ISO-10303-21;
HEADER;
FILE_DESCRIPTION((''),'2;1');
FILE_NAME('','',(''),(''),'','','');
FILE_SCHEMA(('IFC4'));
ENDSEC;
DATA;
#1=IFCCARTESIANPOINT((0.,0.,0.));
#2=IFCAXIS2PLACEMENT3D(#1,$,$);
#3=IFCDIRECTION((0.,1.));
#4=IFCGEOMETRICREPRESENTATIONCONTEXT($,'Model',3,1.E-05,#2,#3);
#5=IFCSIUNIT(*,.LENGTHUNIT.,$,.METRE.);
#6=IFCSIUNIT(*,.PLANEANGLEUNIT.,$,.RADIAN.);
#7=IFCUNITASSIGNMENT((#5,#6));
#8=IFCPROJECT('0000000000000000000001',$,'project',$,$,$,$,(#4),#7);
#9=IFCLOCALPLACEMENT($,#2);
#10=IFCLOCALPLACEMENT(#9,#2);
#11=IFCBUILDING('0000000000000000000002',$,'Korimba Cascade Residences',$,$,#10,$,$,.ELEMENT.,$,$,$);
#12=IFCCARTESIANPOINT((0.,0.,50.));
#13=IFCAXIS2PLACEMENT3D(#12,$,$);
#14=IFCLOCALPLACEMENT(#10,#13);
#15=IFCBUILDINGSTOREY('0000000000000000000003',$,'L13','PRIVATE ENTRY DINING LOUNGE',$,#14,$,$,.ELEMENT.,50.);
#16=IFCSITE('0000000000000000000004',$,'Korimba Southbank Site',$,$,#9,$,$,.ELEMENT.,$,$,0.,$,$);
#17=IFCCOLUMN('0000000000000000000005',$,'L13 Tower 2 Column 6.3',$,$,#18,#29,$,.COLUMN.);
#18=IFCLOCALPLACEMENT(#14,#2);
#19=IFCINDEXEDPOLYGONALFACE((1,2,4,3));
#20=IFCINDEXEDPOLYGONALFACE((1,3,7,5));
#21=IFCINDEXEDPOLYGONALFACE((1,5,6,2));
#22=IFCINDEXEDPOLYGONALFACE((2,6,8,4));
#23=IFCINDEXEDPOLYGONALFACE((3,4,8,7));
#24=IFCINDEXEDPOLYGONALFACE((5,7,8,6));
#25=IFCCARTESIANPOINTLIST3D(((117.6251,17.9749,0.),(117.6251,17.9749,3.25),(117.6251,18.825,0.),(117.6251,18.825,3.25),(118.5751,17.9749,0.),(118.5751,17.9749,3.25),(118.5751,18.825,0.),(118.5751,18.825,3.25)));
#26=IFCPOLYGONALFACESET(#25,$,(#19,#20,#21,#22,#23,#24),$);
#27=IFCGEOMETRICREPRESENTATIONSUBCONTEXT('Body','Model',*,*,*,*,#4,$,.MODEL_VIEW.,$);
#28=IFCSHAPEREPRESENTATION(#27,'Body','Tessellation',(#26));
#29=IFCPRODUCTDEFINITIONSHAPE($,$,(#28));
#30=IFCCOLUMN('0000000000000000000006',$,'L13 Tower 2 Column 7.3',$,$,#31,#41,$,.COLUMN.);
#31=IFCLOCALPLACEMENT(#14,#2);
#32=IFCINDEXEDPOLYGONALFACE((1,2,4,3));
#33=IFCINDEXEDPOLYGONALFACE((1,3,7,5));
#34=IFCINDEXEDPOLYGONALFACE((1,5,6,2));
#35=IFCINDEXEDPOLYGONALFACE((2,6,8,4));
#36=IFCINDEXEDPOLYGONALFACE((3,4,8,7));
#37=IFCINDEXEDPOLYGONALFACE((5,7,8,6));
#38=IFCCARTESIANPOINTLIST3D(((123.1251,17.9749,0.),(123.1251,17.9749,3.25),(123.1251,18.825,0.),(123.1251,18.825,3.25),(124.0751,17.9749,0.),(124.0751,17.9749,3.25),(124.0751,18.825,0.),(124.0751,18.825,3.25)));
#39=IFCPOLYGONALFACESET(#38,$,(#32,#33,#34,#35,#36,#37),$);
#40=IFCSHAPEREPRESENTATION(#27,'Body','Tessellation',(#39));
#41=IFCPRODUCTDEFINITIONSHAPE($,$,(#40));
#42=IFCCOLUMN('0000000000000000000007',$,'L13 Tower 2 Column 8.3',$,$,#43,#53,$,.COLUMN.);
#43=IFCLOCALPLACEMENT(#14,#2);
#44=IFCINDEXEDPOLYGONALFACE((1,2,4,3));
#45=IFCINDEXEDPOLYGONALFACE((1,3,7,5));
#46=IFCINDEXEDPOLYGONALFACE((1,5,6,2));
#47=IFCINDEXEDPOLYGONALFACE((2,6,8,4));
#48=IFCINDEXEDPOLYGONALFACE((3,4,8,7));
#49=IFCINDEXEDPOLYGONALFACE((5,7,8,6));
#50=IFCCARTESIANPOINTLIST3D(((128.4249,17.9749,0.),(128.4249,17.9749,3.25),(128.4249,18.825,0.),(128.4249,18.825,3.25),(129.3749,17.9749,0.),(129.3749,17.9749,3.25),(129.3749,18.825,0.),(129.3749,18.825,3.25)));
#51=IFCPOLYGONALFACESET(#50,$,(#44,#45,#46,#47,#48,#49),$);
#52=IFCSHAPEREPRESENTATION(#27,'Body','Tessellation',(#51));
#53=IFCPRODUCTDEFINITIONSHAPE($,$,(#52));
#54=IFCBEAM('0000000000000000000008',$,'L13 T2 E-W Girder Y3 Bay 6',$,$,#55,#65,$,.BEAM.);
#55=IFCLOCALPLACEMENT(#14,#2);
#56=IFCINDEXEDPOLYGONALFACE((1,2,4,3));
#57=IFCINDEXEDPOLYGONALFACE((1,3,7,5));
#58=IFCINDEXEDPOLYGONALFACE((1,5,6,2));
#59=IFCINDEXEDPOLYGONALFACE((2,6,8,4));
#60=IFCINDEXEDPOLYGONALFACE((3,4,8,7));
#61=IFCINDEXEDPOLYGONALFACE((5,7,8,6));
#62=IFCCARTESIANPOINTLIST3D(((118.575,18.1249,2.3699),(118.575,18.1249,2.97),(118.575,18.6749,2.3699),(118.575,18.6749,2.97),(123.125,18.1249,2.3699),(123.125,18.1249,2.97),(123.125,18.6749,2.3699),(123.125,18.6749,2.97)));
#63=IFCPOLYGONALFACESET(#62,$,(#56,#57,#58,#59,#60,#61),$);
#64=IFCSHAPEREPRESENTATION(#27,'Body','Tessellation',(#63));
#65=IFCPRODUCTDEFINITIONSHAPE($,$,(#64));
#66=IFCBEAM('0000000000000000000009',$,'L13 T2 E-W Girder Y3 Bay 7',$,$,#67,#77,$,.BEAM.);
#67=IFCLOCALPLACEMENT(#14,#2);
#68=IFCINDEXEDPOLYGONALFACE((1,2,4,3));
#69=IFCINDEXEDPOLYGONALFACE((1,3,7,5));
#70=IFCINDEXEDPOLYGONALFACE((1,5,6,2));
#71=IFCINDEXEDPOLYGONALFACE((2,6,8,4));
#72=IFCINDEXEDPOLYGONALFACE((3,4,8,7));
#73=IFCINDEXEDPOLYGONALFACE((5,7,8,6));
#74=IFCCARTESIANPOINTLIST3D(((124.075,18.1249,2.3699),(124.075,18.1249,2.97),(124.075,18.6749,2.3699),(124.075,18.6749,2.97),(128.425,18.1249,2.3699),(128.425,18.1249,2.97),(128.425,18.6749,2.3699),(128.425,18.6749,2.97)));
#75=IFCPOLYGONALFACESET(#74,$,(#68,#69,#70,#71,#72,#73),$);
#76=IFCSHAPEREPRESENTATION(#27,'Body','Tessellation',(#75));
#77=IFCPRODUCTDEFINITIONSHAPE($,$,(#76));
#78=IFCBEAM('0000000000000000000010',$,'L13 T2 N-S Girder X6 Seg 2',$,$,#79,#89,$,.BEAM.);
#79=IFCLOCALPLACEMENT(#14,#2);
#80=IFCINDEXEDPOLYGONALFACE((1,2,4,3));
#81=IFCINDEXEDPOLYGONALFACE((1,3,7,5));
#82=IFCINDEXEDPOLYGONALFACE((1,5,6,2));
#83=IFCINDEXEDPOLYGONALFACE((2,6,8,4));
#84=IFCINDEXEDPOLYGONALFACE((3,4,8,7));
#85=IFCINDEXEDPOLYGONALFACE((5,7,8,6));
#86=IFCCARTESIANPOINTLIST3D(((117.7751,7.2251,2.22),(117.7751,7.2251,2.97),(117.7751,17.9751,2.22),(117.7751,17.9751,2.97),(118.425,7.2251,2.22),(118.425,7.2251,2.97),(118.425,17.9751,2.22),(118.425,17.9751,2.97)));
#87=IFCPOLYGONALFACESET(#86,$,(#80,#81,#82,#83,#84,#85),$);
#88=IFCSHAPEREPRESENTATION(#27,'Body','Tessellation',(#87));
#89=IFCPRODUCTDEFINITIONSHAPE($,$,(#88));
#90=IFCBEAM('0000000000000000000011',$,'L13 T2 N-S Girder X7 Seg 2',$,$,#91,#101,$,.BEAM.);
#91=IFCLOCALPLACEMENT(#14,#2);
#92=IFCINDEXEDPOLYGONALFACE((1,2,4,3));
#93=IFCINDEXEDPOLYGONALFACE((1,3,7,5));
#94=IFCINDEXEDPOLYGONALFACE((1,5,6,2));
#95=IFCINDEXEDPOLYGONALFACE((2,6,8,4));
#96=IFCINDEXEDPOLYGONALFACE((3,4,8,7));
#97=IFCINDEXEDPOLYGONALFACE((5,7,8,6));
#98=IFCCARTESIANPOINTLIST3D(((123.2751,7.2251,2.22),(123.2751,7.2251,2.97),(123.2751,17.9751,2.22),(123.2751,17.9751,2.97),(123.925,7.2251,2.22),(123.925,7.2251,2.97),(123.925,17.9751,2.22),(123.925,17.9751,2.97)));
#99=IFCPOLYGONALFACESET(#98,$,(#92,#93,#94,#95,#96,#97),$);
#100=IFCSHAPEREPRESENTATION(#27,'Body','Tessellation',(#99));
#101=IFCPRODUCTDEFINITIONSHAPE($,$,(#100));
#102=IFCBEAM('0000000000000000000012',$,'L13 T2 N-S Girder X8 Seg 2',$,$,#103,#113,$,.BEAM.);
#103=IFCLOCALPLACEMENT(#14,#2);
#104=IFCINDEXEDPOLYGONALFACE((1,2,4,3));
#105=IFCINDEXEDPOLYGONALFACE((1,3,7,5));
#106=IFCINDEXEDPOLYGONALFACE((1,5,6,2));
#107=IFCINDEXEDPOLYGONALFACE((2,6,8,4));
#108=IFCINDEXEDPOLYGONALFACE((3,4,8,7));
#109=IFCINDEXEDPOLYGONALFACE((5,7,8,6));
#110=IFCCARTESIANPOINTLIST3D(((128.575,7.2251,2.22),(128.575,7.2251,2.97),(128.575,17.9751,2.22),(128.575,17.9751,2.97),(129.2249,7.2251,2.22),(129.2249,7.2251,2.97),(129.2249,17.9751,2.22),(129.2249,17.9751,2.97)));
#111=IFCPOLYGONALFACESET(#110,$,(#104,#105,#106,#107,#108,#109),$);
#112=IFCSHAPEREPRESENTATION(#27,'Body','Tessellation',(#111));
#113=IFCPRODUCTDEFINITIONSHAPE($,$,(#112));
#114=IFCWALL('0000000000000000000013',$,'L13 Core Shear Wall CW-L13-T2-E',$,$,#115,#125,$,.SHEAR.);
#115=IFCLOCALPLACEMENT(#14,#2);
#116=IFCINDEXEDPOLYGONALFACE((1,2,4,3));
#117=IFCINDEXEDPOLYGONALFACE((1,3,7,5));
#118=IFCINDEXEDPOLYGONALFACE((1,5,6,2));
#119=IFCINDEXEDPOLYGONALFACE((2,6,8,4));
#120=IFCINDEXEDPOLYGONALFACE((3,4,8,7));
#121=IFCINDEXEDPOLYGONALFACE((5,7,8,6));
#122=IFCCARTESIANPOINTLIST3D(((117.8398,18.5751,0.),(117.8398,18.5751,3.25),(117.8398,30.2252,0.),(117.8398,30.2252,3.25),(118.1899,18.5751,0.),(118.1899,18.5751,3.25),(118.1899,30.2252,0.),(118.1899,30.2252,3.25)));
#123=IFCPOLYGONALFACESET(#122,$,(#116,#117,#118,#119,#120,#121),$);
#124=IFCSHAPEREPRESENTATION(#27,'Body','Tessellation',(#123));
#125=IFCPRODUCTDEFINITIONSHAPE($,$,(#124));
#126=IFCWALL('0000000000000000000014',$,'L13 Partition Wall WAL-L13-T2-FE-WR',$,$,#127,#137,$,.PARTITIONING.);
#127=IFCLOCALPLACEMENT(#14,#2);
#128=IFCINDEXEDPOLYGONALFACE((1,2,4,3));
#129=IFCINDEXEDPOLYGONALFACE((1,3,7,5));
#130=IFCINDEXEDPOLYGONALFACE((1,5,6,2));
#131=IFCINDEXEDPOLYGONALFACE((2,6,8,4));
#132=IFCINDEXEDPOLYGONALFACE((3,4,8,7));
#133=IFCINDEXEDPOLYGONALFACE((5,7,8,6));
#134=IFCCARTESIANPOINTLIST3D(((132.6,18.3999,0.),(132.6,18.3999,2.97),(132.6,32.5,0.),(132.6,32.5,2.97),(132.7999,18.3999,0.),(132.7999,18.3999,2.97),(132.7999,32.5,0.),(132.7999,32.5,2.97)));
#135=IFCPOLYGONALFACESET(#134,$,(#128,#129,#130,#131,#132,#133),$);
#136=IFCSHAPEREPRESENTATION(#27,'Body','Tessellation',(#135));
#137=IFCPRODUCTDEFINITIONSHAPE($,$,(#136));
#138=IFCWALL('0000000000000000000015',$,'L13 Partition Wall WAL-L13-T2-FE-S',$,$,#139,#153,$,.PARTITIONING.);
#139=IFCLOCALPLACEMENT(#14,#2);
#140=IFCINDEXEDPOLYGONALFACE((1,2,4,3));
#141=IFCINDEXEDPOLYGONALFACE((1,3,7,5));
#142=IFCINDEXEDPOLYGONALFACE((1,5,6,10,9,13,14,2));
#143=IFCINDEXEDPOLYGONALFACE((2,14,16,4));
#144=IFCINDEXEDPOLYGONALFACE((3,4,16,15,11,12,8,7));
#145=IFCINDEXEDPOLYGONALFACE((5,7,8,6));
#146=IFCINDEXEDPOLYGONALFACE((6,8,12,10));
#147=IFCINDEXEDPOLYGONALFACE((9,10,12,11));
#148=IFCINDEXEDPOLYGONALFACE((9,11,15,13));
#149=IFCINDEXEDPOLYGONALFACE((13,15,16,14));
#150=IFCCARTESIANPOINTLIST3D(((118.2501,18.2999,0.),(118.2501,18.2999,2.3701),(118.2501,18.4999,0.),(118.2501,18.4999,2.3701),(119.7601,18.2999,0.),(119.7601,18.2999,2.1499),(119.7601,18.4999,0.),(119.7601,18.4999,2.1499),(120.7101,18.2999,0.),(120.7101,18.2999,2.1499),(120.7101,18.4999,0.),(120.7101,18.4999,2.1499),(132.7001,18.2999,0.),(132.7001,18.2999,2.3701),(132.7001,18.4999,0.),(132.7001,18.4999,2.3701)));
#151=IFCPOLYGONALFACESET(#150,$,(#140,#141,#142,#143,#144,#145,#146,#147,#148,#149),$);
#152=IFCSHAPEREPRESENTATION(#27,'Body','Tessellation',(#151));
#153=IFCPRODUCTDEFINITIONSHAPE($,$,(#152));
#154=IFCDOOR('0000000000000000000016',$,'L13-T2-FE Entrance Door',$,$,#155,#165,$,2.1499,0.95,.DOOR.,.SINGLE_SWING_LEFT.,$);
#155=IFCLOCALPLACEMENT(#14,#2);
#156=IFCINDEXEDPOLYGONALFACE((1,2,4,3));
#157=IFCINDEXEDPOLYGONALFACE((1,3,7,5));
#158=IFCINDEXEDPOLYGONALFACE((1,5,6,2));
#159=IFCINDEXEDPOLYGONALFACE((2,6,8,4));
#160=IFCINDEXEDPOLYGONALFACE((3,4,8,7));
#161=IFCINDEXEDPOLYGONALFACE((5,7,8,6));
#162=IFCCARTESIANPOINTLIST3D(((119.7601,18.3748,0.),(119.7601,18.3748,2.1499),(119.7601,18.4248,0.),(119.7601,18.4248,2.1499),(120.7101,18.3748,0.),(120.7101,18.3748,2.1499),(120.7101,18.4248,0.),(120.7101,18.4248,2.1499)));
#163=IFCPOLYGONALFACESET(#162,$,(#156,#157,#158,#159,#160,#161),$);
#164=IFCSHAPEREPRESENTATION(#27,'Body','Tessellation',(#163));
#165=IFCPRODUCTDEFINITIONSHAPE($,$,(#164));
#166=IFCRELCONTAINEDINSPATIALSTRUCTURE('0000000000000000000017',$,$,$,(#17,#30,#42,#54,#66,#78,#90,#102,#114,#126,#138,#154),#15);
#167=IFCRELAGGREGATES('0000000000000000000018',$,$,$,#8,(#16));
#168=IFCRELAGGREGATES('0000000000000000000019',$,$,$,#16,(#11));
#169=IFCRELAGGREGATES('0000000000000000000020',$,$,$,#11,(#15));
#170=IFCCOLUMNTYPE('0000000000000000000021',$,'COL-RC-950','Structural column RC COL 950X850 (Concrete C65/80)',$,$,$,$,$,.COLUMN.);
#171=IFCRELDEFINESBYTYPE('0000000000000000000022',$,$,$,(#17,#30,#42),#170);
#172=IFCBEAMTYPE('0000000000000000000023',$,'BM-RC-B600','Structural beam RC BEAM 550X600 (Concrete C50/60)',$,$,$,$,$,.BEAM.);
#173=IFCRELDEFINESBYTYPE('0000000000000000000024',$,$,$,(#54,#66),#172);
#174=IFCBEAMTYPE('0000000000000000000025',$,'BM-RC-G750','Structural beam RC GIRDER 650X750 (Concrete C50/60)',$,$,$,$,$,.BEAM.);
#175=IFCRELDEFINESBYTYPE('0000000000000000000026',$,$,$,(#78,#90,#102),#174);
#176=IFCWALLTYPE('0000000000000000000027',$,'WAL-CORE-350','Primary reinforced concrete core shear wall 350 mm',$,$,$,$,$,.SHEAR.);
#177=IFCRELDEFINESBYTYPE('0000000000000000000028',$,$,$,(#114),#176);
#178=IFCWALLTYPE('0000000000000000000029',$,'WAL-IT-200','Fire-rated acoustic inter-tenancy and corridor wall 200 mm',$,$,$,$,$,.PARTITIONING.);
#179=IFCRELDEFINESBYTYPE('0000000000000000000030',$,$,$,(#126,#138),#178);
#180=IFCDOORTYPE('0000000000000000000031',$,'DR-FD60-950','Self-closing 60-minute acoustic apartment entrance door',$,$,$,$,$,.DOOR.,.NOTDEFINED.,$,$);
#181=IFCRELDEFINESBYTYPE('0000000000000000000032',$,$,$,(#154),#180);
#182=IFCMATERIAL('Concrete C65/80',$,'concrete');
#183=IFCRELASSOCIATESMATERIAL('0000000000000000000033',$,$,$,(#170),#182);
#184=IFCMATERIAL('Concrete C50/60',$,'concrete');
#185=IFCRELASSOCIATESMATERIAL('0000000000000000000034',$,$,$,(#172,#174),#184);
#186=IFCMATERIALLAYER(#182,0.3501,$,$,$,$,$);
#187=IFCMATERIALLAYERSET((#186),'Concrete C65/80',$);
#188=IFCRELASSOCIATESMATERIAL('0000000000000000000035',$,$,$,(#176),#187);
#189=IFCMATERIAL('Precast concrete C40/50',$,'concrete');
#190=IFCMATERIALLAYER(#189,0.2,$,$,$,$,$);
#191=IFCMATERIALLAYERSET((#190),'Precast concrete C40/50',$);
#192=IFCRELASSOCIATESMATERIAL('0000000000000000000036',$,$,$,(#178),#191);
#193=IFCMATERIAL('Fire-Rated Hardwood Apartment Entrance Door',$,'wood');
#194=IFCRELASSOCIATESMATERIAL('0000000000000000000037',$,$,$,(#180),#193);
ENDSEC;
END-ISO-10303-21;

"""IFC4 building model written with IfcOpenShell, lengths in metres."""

from ifc_helpers import new_model, si_unit, direction, frame, frame_2d, origin, origin_2d, place, context, subcontext, project, spatial, rectangle, extrude, material, layer, layer_set, material_profile, profile_set, type_object, element, fill, save


model = new_model("IFC4")

# Units and contexts
model_context = context("Model", 3, precision=1e-05, world=origin(), true_north=direction((0.0, 1.0)))
body_context = subcontext(model_context, "Body", "Model", "MODEL_VIEW")
ifc_project = project(units=[si_unit("LENGTHUNIT", "METRE"), si_unit("PLANEANGLEUNIT", "RADIAN")], contexts=[model_context])

# Site, building, storey
site_placement = place(None, origin())
site = spatial("IfcSite", under=ifc_project, at=site_placement, Name="Korimba Southbank Site", CompositionType="ELEMENT", RefElevation=0.0)
building_placement = place(site_placement, origin())
building = spatial("IfcBuilding", under=site, at=building_placement, Name="Korimba Cascade Residences", CompositionType="ELEMENT")
storey_placement = place(building_placement, frame((0.0, 0.0, 50.0)))
storey = spatial("IfcBuildingStorey", under=building, at=storey_placement, Name="L13", Description="PRIVATE ENTRY DINING LOUNGE", CompositionType="ELEMENT", Elevation=50.0)

# Columns
ifc_material_1 = material(Name="Concrete C65/80", Category="concrete")
ifc_material_profile_1 = material_profile(ifc_material_1, rectangle(XDim=0.95, YDim=0.8501, at=origin_2d()), Name="Concrete C65/80")
ifc_profile_set_1 = profile_set([ifc_material_profile_1], Name="Concrete C65/80")
column_type = type_object("IfcColumnType", Name="COL-RC-950", Description="Structural column RC COL 950X850 (Concrete C65/80)", PredefinedType="COLUMN", material=ifc_profile_set_1)
for number, where, z_axis, x_axis, name in (
    (1, (118.1001, 18.3999, 0.0), (0.0, 0.0, 1.0), (1.0, 0.0, 0.0), "L13 Tower 2 Column 6.3"),
    (2, (123.6001, 18.3999, 0.0), (0.0, 0.0, 1.0), (1.0, 0.0, 0.0), "L13 Tower 2 Column 7.3"),
    (3, (128.8999, 18.3999, 0.0), (0.0, 0.0, 1.0), (1.0, 0.0, 0.0), "L13 Tower 2 Column 8.3"),
):
    element("IfcColumn", number, at=place(storey_placement, frame(where, z_axis=z_axis, x_axis=x_axis)), inside=storey, type_object=column_type, Name=name, PredefinedType="COLUMN", context=body_context, shape_type="SweptSolid", body=[
        extrude(rectangle(XDim=0.95, YDim=0.8501, at=origin_2d()), origin(), (0.0, 0.0, 1.0), 3.25),
    ])

# Beams
ifc_material_2 = material(Name="Concrete C50/60", Category="concrete")
ifc_material_profile_2 = material_profile(ifc_material_2, rectangle(XDim=0.55, YDim=0.6001, at=origin_2d()), Name="Concrete C50/60")
ifc_profile_set_2 = profile_set([ifc_material_profile_2], Name="Concrete C50/60")
beam_type_1 = type_object("IfcBeamType", Name="BM-RC-B600", Description="Structural beam RC BEAM 550X600 (Concrete C50/60)", PredefinedType="BEAM", material=ifc_profile_set_2)
beam_1_placement = place(storey_placement, frame((118.575, 18.3999, 2.6699), z_axis=(1.0, 0.0, 0.0), x_axis=(0.0, 1.0, 0.0)))
element("IfcBeam", 4, at=beam_1_placement, inside=storey, type_object=beam_type_1, Name="L13 T2 E-W Girder Y3 Bay 6", PredefinedType="BEAM", context=body_context, shape_type="SweptSolid", body=[
    extrude(rectangle(XDim=0.55, YDim=0.6001, at=origin_2d()), origin(), (0.0, 0.0, 1.0), 4.55),
])
beam_2_placement = place(storey_placement, frame((124.075, 18.3999, 2.6699), z_axis=(1.0, 0.0, 0.0), x_axis=(0.0, 1.0, 0.0)))
element("IfcBeam", 5, at=beam_2_placement, inside=storey, type_object=beam_type_1, Name="L13 T2 E-W Girder Y3 Bay 7", PredefinedType="BEAM", context=body_context, shape_type="SweptSolid", body=[
    extrude(rectangle(XDim=0.55, YDim=0.6001, at=origin_2d()), origin(), (0.0, 0.0, 1.0), 4.3501),
])
ifc_material_profile_3 = material_profile(ifc_material_2, rectangle(XDim=0.6499, YDim=0.75, at=origin_2d()), Name="Concrete C50/60")
ifc_profile_set_3 = profile_set([ifc_material_profile_3], Name="Concrete C50/60")
beam_type_2 = type_object("IfcBeamType", Name="BM-RC-G750", Description="Structural beam RC GIRDER 650X750 (Concrete C50/60)", PredefinedType="BEAM", material=ifc_profile_set_3)
for number, where, z_axis, x_axis, name in (
    (6, (118.1001, 7.2251, 2.595), (0.0, 1.0, 0.0), (-1.0, 0.0, 0.0), "L13 T2 N-S Girder X6 Seg 2"),
    (7, (123.6001, 7.2251, 2.595), (0.0, 1.0, 0.0), (-1.0, 0.0, 0.0), "L13 T2 N-S Girder X7 Seg 2"),
    (8, (128.8999, 7.2251, 2.595), (0.0, 1.0, 0.0), (-1.0, 0.0, 0.0), "L13 T2 N-S Girder X8 Seg 2"),
):
    element("IfcBeam", number, at=place(storey_placement, frame(where, z_axis=z_axis, x_axis=x_axis)), inside=storey, type_object=beam_type_2, Name=name, PredefinedType="BEAM", context=body_context, shape_type="SweptSolid", body=[
        extrude(rectangle(XDim=0.6499, YDim=0.75, at=origin_2d()), origin(), (0.0, 0.0, 1.0), 10.75),
    ])

# Walls
ifc_layer_1 = layer(ifc_material_1, 0.3501)
ifc_layer_set_1 = layer_set([ifc_layer_1], Name="Concrete C65/80")
wall_type_1 = type_object("IfcWallType", Name="WAL-CORE-350", Description="Primary reinforced concrete core shear wall 350 mm", PredefinedType="SHEAR", material=ifc_layer_set_1)
wall_1_placement = place(storey_placement, frame((118.0149, 18.575, 0.0), z_axis=(0.0, 0.0, 1.0), x_axis=(0.0, 1.0, 0.0)))
element("IfcWall", 9, at=wall_1_placement, inside=storey, type_object=wall_type_1, Name="L13 Core Shear Wall CW-L13-T2-E", PredefinedType="SHEAR", context=body_context, shape_type="SweptSolid", body=[
    extrude(rectangle(XDim=11.6501, YDim=0.3501, at=frame_2d((5.8252, 0.0))), origin(), (0.0, 0.0, 1.0), 3.25),
])
ifc_material_3 = material(Name="Precast concrete C40/50", Category="concrete")
ifc_layer_2 = layer(ifc_material_3, 0.2)
ifc_layer_set_2 = layer_set([ifc_layer_2], Name="Precast concrete C40/50")
wall_type_2 = type_object("IfcWallType", Name="WAL-IT-200", Description="Fire-rated acoustic inter-tenancy and corridor wall 200 mm", PredefinedType="PARTITIONING", material=ifc_layer_set_2)
wall_2_placement = place(storey_placement, frame((132.7, 18.3999, 0.0), z_axis=(0.0, 0.0, 1.0), x_axis=(0.0, 1.0, 0.0)))
element("IfcWall", 10, at=wall_2_placement, inside=storey, type_object=wall_type_2, Name="L13 Partition Wall WAL-L13-T2-FE-WR", PredefinedType="PARTITIONING", context=body_context, shape_type="SweptSolid", body=[
    extrude(rectangle(XDim=14.1001, YDim=0.2, at=frame_2d((7.05, 0.0))), origin(), (0.0, 0.0, 1.0), 2.97),
])

# Wall, opening, door
wall_3_placement = place(storey_placement, frame((118.25, 18.3999, 0.0), z_axis=(0.0, 0.0, 1.0), x_axis=(1.0, 0.0, 0.0)))
wall_3 = element("IfcWall", 11, at=wall_3_placement, inside=storey, type_object=wall_type_2, Name="L13 Partition Wall WAL-L13-T2-FE-S", PredefinedType="PARTITIONING", context=body_context, shape_type="SweptSolid", body=[
    extrude(rectangle(XDim=14.45, YDim=0.2, at=frame_2d((7.2251, 0.0))), origin(), (0.0, 0.0, 1.0), 2.3701),
])
opening_1_placement = place(wall_3_placement, frame((1.51, 0.0, 0.0)))
opening_1 = element("IfcOpeningElement", 12, at=opening_1_placement, cuts=wall_3, PredefinedType="OPENING", context=body_context, shape_type="SweptSolid", body=[
    extrude(rectangle(XDim=0.95, YDim=2.1499, at=frame_2d((0.4751, 1.075))), frame((0.0, 0.1099, 0.0), z_axis=(0.0, -1.0, 0.0), x_axis=(1.0, 0.0, 0.0)), (0.0, 0.0, 1.0), 0.22),
])
ifc_material_4 = material(Name="Fire-Rated Hardwood Apartment Entrance Door", Category="wood")
door_type_1 = type_object("IfcDoorType", Name="DR-FD60-950", Description="Self-closing 60-minute acoustic apartment entrance door", OperationType="NOTDEFINED", PredefinedType="DOOR", material=ifc_material_4)
door_1_placement = place(opening_1_placement, origin())
door_1 = element("IfcDoor", 13, at=door_1_placement, inside=storey, type_object=door_type_1, Name="L13-T2-FE Entrance Door", OperationType="SINGLE_SWING_LEFT", OverallHeight=2.1499, OverallWidth=0.95, PredefinedType="DOOR", context=body_context, shape_type="SweptSolid", body=[
    extrude(rectangle(XDim=0.95, YDim=2.1499, at=frame_2d((0.4751, 1.075))), frame((0.0, 0.0249, 0.0), z_axis=(0.0, -1.0, 0.0), x_axis=(1.0, 0.0, 0.0)), (0.0, 0.0, 1.0), 0.05),
])
fill(opening_1, door_1)

save(model, "model.ifc")
